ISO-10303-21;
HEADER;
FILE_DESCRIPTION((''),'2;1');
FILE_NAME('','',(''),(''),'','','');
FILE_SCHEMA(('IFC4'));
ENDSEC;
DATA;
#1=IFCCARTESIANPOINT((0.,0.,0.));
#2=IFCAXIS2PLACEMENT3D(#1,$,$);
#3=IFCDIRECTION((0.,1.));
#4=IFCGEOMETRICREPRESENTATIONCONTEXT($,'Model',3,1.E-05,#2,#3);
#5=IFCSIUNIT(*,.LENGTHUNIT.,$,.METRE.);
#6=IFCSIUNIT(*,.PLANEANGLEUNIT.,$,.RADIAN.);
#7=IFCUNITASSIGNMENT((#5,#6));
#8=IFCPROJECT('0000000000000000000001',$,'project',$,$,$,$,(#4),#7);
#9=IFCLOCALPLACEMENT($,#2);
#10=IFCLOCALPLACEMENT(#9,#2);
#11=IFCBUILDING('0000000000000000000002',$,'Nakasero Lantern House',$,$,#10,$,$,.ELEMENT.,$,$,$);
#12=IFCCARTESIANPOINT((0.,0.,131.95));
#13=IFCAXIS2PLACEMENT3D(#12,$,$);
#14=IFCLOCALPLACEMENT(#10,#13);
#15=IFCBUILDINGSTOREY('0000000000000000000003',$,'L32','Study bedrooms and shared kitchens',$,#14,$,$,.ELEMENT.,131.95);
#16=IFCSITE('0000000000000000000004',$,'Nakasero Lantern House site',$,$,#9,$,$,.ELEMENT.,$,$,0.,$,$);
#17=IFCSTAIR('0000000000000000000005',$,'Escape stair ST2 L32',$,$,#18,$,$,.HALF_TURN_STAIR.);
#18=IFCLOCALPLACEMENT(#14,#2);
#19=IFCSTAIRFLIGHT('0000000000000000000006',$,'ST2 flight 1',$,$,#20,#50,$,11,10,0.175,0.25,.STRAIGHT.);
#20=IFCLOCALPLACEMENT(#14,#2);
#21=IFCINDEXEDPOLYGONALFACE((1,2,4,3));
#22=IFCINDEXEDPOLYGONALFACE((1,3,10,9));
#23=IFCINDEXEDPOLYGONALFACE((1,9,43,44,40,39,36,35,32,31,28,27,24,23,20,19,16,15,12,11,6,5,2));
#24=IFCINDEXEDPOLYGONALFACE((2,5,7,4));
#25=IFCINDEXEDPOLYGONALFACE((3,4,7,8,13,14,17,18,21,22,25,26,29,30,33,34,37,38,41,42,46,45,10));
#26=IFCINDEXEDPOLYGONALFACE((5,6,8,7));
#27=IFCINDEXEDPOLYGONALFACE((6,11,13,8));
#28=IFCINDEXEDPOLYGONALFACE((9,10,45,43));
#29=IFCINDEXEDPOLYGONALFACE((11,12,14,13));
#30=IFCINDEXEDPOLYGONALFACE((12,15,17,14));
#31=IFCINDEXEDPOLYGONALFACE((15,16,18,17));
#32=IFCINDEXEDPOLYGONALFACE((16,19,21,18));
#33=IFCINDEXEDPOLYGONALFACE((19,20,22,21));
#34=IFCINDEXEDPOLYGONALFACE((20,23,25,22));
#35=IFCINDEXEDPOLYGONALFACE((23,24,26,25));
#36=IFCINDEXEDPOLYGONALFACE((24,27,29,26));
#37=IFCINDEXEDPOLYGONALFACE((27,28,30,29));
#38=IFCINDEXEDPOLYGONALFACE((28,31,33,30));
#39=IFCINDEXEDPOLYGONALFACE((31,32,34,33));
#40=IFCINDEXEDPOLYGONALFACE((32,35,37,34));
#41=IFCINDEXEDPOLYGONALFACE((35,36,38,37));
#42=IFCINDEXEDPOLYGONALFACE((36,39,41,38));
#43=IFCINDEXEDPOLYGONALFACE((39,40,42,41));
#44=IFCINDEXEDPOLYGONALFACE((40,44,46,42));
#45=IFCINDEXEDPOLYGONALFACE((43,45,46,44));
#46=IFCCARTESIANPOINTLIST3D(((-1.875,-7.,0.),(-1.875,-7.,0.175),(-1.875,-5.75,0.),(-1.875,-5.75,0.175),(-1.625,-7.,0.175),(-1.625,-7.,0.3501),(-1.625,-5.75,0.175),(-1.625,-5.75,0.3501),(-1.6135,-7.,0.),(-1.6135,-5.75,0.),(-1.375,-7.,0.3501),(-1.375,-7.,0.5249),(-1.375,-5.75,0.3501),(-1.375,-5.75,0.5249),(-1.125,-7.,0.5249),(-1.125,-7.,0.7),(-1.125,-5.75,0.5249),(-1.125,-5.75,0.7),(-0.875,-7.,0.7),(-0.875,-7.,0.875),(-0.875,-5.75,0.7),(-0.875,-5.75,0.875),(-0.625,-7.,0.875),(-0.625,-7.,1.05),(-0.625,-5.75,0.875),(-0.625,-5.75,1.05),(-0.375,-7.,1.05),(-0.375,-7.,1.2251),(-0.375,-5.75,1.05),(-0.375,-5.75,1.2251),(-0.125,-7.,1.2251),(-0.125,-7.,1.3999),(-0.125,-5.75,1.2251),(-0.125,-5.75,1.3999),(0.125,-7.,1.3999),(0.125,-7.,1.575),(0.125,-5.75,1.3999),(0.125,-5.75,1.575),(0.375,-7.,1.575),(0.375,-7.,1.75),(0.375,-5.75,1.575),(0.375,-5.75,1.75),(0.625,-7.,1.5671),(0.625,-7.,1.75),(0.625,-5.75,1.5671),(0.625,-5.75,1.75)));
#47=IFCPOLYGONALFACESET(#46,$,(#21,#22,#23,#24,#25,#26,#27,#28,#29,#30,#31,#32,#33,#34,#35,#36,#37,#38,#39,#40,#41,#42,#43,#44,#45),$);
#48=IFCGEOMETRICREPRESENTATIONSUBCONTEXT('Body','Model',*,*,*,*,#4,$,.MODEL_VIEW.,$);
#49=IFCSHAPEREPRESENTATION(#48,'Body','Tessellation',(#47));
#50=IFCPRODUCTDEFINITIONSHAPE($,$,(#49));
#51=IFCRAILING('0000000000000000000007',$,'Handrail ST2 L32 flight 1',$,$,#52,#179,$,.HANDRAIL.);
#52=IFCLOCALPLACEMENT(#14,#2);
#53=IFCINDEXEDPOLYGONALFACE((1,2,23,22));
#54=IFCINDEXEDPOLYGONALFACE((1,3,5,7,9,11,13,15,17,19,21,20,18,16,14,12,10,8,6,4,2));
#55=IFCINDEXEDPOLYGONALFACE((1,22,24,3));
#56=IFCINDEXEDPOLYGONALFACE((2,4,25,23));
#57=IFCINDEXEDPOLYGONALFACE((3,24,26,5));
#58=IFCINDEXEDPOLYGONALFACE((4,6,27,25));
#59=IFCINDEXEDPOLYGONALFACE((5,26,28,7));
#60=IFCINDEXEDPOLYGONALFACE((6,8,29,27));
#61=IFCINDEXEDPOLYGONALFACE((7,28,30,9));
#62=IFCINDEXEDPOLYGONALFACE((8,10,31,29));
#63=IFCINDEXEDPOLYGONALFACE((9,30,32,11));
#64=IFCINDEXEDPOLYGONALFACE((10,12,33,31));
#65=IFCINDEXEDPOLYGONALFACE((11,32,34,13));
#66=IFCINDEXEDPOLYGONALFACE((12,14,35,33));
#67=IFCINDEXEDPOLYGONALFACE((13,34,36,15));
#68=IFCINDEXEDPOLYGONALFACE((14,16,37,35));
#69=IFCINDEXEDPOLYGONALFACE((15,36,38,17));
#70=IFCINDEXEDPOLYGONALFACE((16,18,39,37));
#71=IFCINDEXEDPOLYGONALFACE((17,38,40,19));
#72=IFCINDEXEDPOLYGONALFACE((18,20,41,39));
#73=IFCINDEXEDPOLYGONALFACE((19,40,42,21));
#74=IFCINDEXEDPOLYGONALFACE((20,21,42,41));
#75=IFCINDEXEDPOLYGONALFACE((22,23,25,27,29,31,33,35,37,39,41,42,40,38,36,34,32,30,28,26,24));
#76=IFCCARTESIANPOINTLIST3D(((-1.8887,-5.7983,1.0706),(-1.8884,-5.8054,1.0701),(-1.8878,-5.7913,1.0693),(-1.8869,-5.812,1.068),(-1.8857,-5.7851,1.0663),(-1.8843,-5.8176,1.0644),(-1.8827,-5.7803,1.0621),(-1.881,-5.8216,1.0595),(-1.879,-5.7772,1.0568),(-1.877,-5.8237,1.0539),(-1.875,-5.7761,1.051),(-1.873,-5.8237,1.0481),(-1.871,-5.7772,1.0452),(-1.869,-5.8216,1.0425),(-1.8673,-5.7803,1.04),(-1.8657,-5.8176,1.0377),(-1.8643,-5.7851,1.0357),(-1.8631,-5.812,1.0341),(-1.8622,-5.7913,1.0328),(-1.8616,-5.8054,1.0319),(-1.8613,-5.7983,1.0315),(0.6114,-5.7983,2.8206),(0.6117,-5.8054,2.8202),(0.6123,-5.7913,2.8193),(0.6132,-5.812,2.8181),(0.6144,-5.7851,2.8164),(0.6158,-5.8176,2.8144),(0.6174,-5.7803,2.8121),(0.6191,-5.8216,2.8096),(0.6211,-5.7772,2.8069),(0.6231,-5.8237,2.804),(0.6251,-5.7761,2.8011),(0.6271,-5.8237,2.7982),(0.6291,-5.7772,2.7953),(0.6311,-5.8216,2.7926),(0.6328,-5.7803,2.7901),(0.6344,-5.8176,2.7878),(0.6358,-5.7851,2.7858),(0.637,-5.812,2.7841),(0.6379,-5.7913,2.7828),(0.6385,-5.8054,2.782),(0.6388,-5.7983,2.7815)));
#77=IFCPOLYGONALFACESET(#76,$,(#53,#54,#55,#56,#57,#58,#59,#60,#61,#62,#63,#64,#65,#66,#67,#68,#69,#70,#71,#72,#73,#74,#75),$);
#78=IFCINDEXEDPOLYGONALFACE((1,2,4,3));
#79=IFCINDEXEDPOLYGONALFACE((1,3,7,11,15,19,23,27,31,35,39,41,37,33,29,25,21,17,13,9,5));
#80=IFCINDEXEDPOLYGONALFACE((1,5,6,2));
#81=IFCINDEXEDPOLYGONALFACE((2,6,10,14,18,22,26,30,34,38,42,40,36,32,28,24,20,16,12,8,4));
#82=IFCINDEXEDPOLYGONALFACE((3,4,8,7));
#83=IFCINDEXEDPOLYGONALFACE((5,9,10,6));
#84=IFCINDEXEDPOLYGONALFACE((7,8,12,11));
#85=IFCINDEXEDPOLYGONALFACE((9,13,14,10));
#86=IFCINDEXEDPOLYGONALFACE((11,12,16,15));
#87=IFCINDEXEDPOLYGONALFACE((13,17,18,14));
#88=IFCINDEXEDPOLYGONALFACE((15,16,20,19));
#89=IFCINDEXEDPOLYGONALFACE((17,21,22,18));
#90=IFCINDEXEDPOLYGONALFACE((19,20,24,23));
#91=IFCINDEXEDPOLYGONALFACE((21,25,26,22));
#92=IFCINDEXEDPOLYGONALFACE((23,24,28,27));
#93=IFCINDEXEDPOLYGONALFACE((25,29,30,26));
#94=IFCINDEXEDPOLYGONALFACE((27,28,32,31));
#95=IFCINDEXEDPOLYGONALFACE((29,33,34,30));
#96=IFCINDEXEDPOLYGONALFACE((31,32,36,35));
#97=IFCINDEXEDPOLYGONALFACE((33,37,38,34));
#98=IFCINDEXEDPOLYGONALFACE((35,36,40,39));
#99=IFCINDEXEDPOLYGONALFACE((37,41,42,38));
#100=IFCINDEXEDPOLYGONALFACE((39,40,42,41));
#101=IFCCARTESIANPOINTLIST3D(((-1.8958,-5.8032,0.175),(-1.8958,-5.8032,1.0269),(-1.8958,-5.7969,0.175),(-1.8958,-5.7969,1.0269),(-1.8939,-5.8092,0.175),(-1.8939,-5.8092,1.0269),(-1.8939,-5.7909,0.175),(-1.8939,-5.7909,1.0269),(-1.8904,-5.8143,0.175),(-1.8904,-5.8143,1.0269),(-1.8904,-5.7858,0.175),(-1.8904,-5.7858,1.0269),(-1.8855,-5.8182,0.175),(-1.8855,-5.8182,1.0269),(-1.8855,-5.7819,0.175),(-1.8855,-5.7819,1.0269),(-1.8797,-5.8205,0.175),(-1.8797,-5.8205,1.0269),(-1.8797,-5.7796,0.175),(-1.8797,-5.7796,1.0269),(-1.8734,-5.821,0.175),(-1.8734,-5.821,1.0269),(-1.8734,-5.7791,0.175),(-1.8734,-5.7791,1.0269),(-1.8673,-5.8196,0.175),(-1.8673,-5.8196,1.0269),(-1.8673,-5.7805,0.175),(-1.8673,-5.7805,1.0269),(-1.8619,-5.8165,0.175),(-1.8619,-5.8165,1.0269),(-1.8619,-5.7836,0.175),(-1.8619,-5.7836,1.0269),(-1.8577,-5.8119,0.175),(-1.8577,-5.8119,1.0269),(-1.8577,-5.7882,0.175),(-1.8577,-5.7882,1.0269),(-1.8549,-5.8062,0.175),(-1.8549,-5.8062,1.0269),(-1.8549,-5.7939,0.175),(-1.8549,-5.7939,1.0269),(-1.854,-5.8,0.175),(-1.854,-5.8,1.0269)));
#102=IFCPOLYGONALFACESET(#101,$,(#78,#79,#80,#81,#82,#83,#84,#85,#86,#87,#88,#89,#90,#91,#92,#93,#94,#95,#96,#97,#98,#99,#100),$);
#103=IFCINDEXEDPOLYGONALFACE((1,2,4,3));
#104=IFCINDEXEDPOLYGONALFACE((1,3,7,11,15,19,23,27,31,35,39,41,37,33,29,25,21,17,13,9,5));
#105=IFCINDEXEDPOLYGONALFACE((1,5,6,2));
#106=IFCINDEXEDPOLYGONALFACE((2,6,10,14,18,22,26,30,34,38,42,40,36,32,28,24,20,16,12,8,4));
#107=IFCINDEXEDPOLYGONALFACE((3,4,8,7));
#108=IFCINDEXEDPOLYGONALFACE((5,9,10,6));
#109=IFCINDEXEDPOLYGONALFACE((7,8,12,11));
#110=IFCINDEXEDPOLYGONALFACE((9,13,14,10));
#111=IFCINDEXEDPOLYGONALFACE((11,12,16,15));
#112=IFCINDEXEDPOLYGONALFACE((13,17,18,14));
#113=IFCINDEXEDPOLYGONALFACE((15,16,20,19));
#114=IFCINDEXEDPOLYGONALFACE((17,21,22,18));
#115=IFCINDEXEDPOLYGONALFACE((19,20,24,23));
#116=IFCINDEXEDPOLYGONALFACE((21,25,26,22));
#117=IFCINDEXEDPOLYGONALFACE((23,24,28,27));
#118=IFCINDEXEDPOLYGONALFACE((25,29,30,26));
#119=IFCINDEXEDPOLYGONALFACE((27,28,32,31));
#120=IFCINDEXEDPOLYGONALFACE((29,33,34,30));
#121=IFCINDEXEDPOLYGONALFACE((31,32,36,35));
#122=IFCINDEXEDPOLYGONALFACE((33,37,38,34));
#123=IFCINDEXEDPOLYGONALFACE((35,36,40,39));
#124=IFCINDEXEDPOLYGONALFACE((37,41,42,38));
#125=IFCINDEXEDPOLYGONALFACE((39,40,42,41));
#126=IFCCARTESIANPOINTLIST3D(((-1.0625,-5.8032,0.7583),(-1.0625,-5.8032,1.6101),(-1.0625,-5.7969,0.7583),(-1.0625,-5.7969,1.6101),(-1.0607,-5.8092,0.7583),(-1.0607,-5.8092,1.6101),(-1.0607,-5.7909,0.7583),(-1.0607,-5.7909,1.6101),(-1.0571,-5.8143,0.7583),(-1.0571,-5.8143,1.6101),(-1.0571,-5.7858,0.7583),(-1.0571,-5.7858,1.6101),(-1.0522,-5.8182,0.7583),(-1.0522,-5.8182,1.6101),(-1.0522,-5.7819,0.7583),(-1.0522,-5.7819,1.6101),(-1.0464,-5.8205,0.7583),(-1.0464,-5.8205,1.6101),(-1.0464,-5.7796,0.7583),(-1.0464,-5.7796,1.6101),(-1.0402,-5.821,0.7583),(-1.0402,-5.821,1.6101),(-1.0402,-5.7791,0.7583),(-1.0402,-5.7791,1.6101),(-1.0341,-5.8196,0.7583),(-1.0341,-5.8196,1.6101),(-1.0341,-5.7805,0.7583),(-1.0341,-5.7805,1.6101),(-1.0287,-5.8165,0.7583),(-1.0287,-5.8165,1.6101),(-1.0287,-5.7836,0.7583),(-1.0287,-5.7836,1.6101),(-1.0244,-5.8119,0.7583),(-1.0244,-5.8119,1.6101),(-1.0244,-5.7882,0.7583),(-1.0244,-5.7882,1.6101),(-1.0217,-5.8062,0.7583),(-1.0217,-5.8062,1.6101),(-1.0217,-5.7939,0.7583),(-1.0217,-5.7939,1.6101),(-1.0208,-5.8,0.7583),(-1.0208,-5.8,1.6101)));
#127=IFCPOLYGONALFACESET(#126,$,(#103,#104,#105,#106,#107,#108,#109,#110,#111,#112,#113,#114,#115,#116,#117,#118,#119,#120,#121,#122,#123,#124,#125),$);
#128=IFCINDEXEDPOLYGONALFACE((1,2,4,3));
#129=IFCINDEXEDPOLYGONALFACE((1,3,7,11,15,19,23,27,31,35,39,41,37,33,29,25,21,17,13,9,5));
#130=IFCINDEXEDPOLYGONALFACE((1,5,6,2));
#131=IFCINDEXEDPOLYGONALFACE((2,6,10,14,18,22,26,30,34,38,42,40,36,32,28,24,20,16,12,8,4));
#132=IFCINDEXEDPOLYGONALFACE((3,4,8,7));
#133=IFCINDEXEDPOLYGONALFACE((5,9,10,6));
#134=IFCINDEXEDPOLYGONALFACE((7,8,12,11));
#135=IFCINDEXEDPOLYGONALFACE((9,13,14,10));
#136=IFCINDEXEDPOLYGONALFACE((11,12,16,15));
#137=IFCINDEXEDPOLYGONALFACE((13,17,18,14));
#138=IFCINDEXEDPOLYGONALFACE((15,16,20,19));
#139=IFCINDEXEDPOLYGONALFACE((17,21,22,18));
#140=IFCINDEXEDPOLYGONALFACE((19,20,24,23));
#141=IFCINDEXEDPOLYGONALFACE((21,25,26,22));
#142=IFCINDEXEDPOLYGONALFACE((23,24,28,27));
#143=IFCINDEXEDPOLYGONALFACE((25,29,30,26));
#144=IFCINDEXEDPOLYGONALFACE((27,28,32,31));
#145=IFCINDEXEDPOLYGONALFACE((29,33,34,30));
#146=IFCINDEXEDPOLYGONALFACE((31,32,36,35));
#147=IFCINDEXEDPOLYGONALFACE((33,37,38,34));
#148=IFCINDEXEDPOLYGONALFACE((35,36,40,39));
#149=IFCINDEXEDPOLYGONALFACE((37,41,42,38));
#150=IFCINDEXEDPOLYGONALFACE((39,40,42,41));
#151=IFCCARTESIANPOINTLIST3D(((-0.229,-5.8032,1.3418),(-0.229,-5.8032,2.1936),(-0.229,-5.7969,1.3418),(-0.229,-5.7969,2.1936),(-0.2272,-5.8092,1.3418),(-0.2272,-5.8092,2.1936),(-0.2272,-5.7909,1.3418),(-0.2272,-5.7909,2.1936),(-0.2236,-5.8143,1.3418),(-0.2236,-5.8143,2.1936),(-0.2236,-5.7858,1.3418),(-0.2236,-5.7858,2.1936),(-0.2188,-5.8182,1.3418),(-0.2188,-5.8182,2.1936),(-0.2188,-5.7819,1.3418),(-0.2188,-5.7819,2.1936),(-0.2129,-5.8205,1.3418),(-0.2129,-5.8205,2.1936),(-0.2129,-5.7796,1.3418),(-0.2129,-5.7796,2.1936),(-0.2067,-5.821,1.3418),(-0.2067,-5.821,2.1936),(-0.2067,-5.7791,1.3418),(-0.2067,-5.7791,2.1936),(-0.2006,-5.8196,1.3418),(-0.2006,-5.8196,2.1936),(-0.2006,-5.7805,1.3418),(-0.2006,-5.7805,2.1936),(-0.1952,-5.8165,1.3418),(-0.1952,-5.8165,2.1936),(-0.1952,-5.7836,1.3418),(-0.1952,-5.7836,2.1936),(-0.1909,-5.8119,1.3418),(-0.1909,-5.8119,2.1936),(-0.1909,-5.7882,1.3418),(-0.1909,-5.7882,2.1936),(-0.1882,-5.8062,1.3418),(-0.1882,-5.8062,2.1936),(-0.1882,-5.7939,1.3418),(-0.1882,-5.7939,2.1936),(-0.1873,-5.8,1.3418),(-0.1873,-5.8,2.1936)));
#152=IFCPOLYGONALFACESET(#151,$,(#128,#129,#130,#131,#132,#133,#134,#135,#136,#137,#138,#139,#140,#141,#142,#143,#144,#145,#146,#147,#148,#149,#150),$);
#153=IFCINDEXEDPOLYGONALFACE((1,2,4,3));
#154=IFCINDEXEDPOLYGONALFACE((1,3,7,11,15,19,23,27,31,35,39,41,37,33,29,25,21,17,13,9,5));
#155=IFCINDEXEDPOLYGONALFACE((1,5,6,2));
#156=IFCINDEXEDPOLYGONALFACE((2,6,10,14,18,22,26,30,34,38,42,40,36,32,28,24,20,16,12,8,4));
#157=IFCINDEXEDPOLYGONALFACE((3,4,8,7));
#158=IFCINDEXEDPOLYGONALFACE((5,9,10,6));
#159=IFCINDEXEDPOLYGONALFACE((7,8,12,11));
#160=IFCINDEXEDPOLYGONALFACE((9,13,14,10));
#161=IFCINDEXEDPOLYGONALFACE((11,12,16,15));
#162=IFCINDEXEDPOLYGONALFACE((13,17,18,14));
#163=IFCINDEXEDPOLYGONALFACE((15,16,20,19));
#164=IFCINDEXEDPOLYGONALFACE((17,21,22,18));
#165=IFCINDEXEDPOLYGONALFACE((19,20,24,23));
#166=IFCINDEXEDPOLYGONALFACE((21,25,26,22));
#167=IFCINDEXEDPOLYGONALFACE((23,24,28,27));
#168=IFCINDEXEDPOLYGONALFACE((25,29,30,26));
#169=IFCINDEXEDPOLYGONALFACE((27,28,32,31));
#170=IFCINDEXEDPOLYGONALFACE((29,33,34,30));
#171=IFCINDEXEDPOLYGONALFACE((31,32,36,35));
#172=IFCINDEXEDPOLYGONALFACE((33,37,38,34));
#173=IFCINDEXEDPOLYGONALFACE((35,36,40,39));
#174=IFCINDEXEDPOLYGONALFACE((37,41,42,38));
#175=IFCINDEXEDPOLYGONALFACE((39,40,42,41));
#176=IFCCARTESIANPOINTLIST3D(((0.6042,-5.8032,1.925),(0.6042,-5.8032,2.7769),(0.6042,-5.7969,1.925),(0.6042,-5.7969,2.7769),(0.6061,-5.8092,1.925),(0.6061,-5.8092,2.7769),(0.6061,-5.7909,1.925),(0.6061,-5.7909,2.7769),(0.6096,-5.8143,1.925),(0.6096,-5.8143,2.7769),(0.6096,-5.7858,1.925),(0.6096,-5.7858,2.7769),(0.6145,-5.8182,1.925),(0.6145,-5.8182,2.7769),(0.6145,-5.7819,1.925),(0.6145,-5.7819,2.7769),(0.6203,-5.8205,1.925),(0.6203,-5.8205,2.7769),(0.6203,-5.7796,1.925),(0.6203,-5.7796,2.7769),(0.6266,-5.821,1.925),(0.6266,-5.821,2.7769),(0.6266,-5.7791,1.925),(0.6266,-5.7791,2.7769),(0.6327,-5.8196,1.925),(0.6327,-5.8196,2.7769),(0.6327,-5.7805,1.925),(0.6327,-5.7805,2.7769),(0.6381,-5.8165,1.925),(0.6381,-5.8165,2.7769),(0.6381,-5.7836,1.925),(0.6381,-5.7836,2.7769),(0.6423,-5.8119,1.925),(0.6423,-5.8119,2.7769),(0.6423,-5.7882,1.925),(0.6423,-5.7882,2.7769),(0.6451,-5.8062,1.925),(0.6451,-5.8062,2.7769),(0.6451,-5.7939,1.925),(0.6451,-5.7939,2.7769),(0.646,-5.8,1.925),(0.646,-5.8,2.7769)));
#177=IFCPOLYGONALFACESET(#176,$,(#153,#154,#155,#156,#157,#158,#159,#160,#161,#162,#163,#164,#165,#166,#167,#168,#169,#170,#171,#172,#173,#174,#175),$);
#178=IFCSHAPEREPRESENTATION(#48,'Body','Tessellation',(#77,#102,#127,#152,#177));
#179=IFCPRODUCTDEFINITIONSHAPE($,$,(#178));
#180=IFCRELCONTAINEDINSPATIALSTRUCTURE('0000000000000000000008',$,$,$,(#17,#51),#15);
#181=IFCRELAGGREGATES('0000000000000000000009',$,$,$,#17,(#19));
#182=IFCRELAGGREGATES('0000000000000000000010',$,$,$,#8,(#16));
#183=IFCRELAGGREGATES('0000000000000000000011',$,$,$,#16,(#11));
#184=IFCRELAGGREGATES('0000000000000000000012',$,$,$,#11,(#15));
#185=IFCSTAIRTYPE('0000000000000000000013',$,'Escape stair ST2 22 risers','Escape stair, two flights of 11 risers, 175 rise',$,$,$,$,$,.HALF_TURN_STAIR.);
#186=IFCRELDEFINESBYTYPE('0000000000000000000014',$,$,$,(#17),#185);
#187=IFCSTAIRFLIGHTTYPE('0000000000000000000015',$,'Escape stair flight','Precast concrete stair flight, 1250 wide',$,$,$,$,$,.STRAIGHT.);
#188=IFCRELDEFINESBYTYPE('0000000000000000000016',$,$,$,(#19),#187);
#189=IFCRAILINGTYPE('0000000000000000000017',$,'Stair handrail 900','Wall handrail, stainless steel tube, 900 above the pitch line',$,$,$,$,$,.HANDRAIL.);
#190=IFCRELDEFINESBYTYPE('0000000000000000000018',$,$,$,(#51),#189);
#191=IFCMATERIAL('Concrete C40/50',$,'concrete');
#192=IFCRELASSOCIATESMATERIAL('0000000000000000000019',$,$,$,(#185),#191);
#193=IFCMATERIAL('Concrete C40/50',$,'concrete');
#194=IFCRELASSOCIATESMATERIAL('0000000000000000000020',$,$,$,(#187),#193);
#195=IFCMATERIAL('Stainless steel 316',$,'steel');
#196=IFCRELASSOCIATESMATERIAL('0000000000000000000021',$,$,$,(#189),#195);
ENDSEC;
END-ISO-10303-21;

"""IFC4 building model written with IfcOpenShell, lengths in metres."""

from ifc_helpers import new_model, si_unit, direction, frame, origin, origin_2d, place, context, subcontext, project, spatial, polyline, circle, outline, extrude, material, type_object, element, aggregate, save


model = new_model("IFC4")

# Units and contexts
model_context = context("Model", 3, precision=1e-05, world=origin(), true_north=direction((0.0, 1.0)))
body_context = subcontext(model_context, "Body", "Model", "MODEL_VIEW")
ifc_project = project(units=[si_unit("LENGTHUNIT", "METRE"), si_unit("PLANEANGLEUNIT", "RADIAN")], contexts=[model_context])

# Site, building, storey
site_placement = place(None, origin())
site = spatial("IfcSite", under=ifc_project, at=site_placement, Name="Nakasero Lantern House site", CompositionType="ELEMENT", RefElevation=0.0)
building_placement = place(site_placement, origin())
building = spatial("IfcBuilding", under=site, at=building_placement, Name="Nakasero Lantern House", CompositionType="ELEMENT")
storey_placement = place(building_placement, frame((0.0, 0.0, 131.95)))
storey = spatial("IfcBuildingStorey", under=building, at=storey_placement, Name="L32", Description="Study bedrooms and shared kitchens", CompositionType="ELEMENT", Elevation=131.95)

# Stair, stair flight
ifc_material_1 = material(Name="Concrete C40/50", Category="concrete")
stair_type = type_object("IfcStairType", Name="Escape stair ST2 22 risers", Description="Escape stair, two flights of 11 risers, 175 rise", PredefinedType="HALF_TURN_STAIR", material=ifc_material_1)
stair_placement = place(storey_placement, origin())
stair = element("IfcStair", 1, at=stair_placement, inside=storey, type_object=stair_type, Name="Escape stair ST2 L32", PredefinedType="HALF_TURN_STAIR")
ifc_material_2 = material(Name="Concrete C40/50", Category="concrete")
stair_flight_type = type_object("IfcStairFlightType", Name="Escape stair flight", Description="Precast concrete stair flight, 1250 wide", PredefinedType="STRAIGHT", material=ifc_material_2)
stair_flight_placement = place(storey_placement, frame((-1.875, -6.375, 0.0), z_axis=(0.0, 0.0, 1.0), x_axis=(1.0, 0.0, 0.0)))
stair_flight = element("IfcStairFlight", 2, at=stair_flight_placement, type_object=stair_flight_type, Name="ST2 flight 1", NumberOfRisers=11, NumberOfTreads=10, PredefinedType="STRAIGHT", RiserHeight=0.175, TreadLength=0.25, context=body_context, shape_type="SweptSolid", body=[
    extrude(outline(polyline([(0.0, 0.0), (0.0, 0.175), (0.25, 0.175), (0.25, 0.3501), (0.5, 0.3501), (0.5, 0.5249), (0.75, 0.5249), (0.75, 0.7), (1.0, 0.7), (1.0, 0.875), (1.25, 0.875), (1.25, 1.05), (1.5, 1.05), (1.5, 1.2251), (1.75, 1.2251), (1.75, 1.3999), (2.0, 1.3999), (2.0, 1.575), (2.25, 1.575), (2.25, 1.75), (2.5, 1.75), (2.5, 1.925), (2.5, 1.5671), (0.2615, 0.0), (0.0, 0.0)])), frame((0.0, 0.625, 0.0), z_axis=(0.0, -1.0, 0.0), x_axis=(1.0, 0.0, 0.0)), (0.0, 0.0, 1.0), 1.25),
])
aggregate(stair, [stair_flight])

# Railing
ifc_material_3 = material(Name="Stainless steel 316", Category="steel")
railing_type = type_object("IfcRailingType", Name="Stair handrail 900", Description="Wall handrail, stainless steel tube, 900 above the pitch line", PredefinedType="HANDRAIL", material=ifc_material_3)
railing_placement = place(storey_placement, frame((-1.875, -5.8, 0.175)))
element("IfcRailing", 3, at=railing_placement, inside=storey, type_object=railing_type, Name="Handrail ST2 L32 flight 1", PredefinedType="HANDRAIL", context=body_context, shape_type="SweptSolid", body=[
    extrude(circle(Radius=0.0239, at=origin_2d()), frame((0.0, 0.0, 0.876), z_axis=(0.819232, 0.0, 0.573462), x_axis=(0.0, 1.0, 0.0)), (0.0, 0.0, 1.0), 3.0518),
    extrude(circle(Radius=0.021, at=origin_2d()), origin(), (0.0, 0.0, 1.0), 0.8518),
    extrude(circle(Radius=0.021, at=origin_2d()), frame((0.8333, 0.0, 0.5833)), (0.0, 0.0, 1.0), 0.8518),
    extrude(circle(Radius=0.021, at=origin_2d()), frame((1.6667, 0.0, 1.1667)), (0.0, 0.0, 1.0), 0.8518),
    extrude(circle(Radius=0.021, at=origin_2d()), frame((2.5, 0.0, 1.75)), (0.0, 0.0, 1.0), 0.8518),
])

save(model, "model.ifc")
